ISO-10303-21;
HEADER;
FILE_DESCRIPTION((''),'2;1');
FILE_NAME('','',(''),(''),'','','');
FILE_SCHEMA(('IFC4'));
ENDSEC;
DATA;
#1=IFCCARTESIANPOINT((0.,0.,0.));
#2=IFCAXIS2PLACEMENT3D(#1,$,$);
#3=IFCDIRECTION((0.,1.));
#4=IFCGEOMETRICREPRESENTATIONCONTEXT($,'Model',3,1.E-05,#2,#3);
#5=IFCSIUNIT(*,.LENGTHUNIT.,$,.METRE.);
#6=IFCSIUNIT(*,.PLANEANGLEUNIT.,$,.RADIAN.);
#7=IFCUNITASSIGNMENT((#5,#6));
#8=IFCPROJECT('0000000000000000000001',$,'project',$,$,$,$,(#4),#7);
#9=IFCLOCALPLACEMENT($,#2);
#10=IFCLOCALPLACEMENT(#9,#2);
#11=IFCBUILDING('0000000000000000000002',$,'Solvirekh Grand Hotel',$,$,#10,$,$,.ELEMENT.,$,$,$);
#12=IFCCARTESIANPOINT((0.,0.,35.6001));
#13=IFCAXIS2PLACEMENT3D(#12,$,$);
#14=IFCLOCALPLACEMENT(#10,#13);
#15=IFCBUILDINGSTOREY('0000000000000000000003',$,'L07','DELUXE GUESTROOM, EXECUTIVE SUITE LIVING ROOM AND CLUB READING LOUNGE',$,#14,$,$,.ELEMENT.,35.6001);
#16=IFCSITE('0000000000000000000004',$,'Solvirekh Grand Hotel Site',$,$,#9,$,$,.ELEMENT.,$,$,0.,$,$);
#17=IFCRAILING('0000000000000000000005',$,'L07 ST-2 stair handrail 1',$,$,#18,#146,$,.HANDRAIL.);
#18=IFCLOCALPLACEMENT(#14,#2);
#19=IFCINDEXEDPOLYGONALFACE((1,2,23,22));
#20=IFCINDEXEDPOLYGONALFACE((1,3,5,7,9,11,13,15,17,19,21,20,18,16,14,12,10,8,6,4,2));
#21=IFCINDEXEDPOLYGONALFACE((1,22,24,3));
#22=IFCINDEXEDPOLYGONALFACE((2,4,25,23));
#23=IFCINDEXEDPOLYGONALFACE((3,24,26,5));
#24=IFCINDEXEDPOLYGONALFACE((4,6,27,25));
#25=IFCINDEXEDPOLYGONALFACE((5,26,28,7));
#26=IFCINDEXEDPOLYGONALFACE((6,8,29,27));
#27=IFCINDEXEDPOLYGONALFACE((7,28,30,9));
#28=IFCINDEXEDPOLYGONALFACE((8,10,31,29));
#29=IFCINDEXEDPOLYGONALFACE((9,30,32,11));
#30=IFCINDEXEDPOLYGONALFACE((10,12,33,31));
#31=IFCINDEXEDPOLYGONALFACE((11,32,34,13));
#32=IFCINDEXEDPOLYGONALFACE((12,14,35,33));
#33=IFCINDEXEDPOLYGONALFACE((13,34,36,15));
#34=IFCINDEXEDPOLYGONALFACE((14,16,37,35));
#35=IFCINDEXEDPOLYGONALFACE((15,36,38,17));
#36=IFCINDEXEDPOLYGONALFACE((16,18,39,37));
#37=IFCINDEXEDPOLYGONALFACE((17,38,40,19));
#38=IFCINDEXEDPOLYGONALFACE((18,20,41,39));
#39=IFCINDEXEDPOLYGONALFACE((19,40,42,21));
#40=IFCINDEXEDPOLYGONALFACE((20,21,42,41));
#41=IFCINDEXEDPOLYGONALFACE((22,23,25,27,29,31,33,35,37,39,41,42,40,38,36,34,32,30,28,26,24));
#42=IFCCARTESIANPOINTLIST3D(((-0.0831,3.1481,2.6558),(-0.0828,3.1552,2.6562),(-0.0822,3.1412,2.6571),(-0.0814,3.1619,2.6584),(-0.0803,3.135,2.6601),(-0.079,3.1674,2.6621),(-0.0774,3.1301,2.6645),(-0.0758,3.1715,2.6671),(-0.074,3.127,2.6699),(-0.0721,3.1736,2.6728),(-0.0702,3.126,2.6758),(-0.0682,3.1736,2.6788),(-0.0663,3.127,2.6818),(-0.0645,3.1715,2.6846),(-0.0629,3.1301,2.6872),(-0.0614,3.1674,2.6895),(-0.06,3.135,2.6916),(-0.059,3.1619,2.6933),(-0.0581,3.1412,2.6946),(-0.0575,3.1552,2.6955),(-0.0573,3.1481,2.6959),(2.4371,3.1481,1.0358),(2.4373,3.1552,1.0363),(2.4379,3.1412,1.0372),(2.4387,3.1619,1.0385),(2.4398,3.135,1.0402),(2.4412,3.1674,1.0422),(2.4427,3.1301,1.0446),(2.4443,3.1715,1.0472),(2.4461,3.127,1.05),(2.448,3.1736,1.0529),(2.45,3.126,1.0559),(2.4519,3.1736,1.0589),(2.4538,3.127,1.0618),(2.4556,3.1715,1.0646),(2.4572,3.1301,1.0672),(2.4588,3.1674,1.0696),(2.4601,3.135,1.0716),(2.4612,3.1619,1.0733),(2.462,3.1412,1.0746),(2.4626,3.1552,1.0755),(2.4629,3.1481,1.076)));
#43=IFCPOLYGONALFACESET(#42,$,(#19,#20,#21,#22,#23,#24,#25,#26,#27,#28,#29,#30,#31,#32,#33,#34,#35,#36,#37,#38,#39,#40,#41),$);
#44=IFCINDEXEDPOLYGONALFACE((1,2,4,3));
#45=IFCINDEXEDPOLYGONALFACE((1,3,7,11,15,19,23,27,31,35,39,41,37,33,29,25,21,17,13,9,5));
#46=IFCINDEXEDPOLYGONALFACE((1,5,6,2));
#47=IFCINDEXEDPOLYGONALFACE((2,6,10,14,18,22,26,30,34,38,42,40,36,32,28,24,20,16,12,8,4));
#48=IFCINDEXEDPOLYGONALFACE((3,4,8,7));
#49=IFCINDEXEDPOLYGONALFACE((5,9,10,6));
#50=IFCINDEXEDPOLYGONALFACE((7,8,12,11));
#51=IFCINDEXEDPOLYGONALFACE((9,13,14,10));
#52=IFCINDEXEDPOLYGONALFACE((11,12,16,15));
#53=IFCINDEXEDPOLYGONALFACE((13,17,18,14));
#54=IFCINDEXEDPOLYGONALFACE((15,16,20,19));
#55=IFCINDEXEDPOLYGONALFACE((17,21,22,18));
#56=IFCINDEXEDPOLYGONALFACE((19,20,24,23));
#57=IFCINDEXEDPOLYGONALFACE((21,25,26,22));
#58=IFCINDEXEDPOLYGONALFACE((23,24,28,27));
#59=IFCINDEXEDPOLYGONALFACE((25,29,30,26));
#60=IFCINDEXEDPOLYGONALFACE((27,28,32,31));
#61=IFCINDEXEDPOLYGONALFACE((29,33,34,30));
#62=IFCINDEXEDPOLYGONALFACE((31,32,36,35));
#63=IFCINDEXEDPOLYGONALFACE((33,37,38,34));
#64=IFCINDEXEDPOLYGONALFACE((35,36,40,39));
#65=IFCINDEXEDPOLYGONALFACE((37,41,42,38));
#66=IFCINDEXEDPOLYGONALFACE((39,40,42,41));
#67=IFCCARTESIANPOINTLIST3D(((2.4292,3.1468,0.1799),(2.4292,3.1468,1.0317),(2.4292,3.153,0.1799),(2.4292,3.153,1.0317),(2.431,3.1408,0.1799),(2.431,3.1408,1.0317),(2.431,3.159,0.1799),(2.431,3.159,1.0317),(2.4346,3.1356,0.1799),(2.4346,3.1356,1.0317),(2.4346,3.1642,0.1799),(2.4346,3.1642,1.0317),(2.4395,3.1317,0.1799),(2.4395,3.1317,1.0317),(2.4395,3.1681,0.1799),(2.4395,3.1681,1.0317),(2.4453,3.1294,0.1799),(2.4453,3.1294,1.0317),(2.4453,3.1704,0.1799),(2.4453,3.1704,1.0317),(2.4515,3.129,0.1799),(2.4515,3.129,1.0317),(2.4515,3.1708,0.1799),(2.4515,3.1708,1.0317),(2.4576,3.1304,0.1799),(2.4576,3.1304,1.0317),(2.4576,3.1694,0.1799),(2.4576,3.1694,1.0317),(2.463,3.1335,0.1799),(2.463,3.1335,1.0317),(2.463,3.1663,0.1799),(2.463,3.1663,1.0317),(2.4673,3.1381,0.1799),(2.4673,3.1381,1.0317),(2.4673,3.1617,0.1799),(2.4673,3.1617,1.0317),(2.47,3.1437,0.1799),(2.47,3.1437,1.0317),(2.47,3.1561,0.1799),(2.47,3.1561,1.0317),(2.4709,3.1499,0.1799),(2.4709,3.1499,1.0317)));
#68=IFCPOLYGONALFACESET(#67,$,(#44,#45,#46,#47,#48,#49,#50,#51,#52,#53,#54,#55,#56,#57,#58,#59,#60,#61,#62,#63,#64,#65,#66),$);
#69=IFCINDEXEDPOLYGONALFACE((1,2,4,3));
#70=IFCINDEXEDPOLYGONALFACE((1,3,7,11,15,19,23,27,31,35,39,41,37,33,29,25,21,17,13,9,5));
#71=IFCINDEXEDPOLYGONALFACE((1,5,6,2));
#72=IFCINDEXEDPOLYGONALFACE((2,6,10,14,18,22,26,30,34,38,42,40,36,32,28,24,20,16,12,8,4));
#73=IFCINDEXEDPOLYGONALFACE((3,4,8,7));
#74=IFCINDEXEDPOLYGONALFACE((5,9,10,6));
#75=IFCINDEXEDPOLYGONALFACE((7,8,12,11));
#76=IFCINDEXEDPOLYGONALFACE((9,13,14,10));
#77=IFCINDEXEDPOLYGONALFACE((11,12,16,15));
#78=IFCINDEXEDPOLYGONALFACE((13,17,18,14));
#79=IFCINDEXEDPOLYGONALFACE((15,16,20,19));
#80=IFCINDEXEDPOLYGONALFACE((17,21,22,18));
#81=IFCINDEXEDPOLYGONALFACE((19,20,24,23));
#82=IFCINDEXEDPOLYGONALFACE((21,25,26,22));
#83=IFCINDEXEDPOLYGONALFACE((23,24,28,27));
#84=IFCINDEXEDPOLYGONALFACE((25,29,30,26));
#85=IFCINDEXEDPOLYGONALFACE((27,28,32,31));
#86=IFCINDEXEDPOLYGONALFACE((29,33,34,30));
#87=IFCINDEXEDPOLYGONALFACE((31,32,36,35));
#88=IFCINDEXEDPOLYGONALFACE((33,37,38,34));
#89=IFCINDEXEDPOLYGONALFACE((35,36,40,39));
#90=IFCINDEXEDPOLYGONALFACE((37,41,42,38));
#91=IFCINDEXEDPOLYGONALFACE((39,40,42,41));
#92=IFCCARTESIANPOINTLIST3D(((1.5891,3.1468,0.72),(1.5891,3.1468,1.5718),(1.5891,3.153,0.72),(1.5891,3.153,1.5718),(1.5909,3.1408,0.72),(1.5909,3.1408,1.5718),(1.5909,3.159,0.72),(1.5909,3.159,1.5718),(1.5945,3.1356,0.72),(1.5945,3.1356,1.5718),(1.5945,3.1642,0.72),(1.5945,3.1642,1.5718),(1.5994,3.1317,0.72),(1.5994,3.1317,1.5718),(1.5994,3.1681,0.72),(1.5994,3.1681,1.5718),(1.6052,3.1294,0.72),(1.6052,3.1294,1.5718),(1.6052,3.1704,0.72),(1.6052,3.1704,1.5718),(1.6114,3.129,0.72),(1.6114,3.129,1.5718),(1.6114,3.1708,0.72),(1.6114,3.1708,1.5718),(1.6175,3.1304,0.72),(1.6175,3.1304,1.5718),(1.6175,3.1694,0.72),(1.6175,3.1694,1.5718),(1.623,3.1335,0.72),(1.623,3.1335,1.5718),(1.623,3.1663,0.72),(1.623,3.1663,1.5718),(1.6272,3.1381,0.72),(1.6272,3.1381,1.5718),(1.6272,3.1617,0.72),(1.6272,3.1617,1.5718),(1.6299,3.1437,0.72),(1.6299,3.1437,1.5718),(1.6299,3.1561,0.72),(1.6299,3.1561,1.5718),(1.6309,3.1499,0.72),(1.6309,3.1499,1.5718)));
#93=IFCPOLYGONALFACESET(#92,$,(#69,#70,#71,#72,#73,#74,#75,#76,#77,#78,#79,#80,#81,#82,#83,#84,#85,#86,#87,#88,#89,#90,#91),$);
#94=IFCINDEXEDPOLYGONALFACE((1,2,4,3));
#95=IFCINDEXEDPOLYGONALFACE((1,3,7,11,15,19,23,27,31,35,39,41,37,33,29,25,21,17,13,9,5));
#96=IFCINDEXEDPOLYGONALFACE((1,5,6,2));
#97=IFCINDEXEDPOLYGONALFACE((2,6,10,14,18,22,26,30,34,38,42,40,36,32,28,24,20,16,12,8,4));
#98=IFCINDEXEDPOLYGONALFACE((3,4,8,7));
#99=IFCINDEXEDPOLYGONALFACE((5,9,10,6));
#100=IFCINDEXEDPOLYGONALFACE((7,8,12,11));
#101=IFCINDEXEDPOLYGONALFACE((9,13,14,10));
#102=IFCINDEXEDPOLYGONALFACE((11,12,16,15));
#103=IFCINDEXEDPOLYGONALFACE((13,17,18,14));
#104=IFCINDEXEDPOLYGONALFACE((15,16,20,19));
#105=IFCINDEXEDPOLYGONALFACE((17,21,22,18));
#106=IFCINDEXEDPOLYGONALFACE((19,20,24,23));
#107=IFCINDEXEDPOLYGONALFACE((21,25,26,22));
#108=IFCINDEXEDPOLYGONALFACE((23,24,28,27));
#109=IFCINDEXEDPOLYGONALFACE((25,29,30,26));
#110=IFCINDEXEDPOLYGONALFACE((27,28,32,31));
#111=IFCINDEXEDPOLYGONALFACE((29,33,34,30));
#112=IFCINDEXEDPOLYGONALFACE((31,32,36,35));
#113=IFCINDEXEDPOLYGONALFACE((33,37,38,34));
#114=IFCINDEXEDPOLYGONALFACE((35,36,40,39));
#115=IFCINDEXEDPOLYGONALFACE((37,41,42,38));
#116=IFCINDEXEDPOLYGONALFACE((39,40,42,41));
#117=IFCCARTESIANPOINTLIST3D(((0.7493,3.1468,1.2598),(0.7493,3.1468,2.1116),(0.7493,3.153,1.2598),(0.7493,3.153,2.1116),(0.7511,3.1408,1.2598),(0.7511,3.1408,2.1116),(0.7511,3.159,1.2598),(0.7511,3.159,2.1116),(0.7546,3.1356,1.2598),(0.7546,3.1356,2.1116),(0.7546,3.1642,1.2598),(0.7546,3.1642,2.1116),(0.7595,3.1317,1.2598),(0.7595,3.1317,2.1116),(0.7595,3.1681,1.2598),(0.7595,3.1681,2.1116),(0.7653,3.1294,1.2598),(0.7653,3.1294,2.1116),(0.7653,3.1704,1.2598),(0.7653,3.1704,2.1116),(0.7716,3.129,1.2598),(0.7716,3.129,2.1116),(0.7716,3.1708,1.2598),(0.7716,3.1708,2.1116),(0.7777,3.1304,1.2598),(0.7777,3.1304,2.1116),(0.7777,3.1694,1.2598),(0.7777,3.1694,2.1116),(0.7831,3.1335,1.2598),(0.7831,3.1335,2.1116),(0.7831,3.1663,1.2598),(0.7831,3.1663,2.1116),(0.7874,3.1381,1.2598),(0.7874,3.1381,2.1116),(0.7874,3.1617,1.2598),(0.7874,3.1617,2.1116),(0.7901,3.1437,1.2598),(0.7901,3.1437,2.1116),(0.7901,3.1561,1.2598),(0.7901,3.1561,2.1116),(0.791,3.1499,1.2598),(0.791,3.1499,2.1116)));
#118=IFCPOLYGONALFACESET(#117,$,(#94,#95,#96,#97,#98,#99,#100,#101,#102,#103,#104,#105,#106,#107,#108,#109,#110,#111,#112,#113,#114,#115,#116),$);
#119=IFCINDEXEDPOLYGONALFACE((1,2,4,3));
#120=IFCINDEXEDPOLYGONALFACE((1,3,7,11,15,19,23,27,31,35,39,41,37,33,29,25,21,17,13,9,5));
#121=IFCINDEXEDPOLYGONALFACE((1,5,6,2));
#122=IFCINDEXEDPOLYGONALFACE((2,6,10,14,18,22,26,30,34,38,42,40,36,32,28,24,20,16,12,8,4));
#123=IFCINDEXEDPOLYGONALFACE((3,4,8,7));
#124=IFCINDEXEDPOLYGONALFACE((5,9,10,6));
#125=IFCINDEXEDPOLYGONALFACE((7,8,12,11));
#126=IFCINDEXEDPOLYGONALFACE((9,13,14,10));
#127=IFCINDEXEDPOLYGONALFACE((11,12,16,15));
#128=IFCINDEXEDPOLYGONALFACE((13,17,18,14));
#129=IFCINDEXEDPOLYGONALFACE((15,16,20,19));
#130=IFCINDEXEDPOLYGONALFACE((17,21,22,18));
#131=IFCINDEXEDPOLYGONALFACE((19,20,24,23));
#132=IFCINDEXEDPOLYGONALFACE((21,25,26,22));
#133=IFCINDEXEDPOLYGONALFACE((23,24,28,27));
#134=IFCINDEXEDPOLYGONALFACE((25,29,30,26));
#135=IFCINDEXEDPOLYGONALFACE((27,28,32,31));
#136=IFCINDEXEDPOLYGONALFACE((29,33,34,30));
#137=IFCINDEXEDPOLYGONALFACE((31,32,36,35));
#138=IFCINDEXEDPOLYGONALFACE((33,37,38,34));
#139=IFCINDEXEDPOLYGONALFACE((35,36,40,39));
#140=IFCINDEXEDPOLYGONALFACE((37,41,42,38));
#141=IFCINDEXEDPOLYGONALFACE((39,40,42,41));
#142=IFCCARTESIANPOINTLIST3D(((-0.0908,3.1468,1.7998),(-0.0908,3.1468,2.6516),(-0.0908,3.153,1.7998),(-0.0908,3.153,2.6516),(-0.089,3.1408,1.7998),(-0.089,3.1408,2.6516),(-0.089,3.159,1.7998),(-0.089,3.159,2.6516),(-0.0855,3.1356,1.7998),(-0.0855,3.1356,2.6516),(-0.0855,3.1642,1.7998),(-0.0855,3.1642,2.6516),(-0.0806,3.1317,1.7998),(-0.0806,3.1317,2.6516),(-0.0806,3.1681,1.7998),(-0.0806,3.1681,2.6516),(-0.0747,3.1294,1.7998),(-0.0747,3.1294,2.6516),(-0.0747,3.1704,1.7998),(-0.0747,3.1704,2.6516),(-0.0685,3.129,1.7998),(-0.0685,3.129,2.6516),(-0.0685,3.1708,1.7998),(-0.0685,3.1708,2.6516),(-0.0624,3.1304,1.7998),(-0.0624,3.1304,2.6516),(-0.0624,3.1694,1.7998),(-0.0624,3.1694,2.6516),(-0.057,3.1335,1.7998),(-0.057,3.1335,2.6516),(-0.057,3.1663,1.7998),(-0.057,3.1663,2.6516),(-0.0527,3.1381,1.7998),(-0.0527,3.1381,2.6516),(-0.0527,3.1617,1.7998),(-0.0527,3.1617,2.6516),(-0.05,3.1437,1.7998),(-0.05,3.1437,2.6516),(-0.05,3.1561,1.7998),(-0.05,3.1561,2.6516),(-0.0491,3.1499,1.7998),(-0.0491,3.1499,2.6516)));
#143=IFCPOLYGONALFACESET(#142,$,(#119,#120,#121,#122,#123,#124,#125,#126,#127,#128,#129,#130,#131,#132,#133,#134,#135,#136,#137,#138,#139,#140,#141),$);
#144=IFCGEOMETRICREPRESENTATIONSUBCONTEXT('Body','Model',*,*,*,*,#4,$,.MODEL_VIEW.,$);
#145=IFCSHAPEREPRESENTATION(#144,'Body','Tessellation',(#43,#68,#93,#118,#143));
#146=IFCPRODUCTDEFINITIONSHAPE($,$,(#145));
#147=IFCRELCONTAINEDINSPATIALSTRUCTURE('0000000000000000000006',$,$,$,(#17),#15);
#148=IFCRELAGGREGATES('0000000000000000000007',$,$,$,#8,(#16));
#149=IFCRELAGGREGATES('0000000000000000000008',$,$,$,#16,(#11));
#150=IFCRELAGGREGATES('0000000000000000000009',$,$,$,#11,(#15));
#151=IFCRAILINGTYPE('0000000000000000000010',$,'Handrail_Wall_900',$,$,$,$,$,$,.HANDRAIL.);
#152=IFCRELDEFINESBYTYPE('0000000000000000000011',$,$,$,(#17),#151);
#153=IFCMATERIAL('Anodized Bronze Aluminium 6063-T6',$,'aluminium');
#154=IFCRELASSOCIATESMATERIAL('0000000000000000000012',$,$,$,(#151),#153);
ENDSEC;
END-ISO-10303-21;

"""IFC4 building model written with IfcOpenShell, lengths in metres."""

from ifc_helpers import new_model, si_unit, direction, frame, origin, origin_2d, place, context, subcontext, project, spatial, circle, extrude, material, type_object, element, save


model = new_model("IFC4")

# Units and contexts
model_context = context("Model", 3, precision=1e-05, world=origin(), true_north=direction((0.0, 1.0)))
body_context = subcontext(model_context, "Body", "Model", "MODEL_VIEW")
ifc_project = project(units=[si_unit("LENGTHUNIT", "METRE"), si_unit("PLANEANGLEUNIT", "RADIAN")], contexts=[model_context])

# Site, building, storey
site_placement = place(None, origin())
site = spatial("IfcSite", under=ifc_project, at=site_placement, Name="Solvirekh Grand Hotel Site", CompositionType="ELEMENT", RefElevation=0.0)
building_placement = place(site_placement, origin())
building = spatial("IfcBuilding", under=site, at=building_placement, Name="Solvirekh Grand Hotel", CompositionType="ELEMENT")
storey_placement = place(building_placement, frame((0.0, 0.0, 35.6001)))
storey = spatial("IfcBuildingStorey", under=building, at=storey_placement, Name="L07", Description="DELUXE GUESTROOM, EXECUTIVE SUITE LIVING ROOM AND CLUB READING LOUNGE", CompositionType="ELEMENT", Elevation=35.6001)

# Shared definitions
ifc_material_1 = material(Name="Anodized Bronze Aluminium 6063-T6", Category="aluminium")

# Railing
railing_type_1 = type_object("IfcRailingType", Name="Handrail_Wall_900", PredefinedType="HANDRAIL", material=ifc_material_1)
railing_1_placement = place(storey_placement, frame((2.45, 3.1499, 0.1799)))
element("IfcRailing", 1, at=railing_1_placement, inside=storey, type_object=railing_type_1, Name="L07 ST-2 stair handrail 1", PredefinedType="HANDRAIL", context=body_context, shape_type="SweptSolid", body=[
    extrude(circle(Radius=0.0239, at=origin_2d()), frame((0.0, 0.0, 0.876), z_axis=(-0.8412, 0.0, 0.540725), x_axis=(0.0, -1.0, 0.0)), (0.0, 0.0, 1.0), 2.9958),
    extrude(circle(Radius=0.021, at=origin_2d()), origin(), (0.0, 0.0, 1.0), 0.8518),
    extrude(circle(Radius=0.021, at=origin_2d()), frame((-0.8401, 0.0, 0.54)), (0.0, 0.0, 1.0), 0.8518),
    extrude(circle(Radius=0.021, at=origin_2d()), frame((-1.6799, 0.0, 1.0798)), (0.0, 0.0, 1.0), 0.8518),
    extrude(circle(Radius=0.021, at=origin_2d()), frame((-2.52, 0.0, 1.6199)), (0.0, 0.0, 1.0), 0.8518),
])

save(model, "model.ifc")
